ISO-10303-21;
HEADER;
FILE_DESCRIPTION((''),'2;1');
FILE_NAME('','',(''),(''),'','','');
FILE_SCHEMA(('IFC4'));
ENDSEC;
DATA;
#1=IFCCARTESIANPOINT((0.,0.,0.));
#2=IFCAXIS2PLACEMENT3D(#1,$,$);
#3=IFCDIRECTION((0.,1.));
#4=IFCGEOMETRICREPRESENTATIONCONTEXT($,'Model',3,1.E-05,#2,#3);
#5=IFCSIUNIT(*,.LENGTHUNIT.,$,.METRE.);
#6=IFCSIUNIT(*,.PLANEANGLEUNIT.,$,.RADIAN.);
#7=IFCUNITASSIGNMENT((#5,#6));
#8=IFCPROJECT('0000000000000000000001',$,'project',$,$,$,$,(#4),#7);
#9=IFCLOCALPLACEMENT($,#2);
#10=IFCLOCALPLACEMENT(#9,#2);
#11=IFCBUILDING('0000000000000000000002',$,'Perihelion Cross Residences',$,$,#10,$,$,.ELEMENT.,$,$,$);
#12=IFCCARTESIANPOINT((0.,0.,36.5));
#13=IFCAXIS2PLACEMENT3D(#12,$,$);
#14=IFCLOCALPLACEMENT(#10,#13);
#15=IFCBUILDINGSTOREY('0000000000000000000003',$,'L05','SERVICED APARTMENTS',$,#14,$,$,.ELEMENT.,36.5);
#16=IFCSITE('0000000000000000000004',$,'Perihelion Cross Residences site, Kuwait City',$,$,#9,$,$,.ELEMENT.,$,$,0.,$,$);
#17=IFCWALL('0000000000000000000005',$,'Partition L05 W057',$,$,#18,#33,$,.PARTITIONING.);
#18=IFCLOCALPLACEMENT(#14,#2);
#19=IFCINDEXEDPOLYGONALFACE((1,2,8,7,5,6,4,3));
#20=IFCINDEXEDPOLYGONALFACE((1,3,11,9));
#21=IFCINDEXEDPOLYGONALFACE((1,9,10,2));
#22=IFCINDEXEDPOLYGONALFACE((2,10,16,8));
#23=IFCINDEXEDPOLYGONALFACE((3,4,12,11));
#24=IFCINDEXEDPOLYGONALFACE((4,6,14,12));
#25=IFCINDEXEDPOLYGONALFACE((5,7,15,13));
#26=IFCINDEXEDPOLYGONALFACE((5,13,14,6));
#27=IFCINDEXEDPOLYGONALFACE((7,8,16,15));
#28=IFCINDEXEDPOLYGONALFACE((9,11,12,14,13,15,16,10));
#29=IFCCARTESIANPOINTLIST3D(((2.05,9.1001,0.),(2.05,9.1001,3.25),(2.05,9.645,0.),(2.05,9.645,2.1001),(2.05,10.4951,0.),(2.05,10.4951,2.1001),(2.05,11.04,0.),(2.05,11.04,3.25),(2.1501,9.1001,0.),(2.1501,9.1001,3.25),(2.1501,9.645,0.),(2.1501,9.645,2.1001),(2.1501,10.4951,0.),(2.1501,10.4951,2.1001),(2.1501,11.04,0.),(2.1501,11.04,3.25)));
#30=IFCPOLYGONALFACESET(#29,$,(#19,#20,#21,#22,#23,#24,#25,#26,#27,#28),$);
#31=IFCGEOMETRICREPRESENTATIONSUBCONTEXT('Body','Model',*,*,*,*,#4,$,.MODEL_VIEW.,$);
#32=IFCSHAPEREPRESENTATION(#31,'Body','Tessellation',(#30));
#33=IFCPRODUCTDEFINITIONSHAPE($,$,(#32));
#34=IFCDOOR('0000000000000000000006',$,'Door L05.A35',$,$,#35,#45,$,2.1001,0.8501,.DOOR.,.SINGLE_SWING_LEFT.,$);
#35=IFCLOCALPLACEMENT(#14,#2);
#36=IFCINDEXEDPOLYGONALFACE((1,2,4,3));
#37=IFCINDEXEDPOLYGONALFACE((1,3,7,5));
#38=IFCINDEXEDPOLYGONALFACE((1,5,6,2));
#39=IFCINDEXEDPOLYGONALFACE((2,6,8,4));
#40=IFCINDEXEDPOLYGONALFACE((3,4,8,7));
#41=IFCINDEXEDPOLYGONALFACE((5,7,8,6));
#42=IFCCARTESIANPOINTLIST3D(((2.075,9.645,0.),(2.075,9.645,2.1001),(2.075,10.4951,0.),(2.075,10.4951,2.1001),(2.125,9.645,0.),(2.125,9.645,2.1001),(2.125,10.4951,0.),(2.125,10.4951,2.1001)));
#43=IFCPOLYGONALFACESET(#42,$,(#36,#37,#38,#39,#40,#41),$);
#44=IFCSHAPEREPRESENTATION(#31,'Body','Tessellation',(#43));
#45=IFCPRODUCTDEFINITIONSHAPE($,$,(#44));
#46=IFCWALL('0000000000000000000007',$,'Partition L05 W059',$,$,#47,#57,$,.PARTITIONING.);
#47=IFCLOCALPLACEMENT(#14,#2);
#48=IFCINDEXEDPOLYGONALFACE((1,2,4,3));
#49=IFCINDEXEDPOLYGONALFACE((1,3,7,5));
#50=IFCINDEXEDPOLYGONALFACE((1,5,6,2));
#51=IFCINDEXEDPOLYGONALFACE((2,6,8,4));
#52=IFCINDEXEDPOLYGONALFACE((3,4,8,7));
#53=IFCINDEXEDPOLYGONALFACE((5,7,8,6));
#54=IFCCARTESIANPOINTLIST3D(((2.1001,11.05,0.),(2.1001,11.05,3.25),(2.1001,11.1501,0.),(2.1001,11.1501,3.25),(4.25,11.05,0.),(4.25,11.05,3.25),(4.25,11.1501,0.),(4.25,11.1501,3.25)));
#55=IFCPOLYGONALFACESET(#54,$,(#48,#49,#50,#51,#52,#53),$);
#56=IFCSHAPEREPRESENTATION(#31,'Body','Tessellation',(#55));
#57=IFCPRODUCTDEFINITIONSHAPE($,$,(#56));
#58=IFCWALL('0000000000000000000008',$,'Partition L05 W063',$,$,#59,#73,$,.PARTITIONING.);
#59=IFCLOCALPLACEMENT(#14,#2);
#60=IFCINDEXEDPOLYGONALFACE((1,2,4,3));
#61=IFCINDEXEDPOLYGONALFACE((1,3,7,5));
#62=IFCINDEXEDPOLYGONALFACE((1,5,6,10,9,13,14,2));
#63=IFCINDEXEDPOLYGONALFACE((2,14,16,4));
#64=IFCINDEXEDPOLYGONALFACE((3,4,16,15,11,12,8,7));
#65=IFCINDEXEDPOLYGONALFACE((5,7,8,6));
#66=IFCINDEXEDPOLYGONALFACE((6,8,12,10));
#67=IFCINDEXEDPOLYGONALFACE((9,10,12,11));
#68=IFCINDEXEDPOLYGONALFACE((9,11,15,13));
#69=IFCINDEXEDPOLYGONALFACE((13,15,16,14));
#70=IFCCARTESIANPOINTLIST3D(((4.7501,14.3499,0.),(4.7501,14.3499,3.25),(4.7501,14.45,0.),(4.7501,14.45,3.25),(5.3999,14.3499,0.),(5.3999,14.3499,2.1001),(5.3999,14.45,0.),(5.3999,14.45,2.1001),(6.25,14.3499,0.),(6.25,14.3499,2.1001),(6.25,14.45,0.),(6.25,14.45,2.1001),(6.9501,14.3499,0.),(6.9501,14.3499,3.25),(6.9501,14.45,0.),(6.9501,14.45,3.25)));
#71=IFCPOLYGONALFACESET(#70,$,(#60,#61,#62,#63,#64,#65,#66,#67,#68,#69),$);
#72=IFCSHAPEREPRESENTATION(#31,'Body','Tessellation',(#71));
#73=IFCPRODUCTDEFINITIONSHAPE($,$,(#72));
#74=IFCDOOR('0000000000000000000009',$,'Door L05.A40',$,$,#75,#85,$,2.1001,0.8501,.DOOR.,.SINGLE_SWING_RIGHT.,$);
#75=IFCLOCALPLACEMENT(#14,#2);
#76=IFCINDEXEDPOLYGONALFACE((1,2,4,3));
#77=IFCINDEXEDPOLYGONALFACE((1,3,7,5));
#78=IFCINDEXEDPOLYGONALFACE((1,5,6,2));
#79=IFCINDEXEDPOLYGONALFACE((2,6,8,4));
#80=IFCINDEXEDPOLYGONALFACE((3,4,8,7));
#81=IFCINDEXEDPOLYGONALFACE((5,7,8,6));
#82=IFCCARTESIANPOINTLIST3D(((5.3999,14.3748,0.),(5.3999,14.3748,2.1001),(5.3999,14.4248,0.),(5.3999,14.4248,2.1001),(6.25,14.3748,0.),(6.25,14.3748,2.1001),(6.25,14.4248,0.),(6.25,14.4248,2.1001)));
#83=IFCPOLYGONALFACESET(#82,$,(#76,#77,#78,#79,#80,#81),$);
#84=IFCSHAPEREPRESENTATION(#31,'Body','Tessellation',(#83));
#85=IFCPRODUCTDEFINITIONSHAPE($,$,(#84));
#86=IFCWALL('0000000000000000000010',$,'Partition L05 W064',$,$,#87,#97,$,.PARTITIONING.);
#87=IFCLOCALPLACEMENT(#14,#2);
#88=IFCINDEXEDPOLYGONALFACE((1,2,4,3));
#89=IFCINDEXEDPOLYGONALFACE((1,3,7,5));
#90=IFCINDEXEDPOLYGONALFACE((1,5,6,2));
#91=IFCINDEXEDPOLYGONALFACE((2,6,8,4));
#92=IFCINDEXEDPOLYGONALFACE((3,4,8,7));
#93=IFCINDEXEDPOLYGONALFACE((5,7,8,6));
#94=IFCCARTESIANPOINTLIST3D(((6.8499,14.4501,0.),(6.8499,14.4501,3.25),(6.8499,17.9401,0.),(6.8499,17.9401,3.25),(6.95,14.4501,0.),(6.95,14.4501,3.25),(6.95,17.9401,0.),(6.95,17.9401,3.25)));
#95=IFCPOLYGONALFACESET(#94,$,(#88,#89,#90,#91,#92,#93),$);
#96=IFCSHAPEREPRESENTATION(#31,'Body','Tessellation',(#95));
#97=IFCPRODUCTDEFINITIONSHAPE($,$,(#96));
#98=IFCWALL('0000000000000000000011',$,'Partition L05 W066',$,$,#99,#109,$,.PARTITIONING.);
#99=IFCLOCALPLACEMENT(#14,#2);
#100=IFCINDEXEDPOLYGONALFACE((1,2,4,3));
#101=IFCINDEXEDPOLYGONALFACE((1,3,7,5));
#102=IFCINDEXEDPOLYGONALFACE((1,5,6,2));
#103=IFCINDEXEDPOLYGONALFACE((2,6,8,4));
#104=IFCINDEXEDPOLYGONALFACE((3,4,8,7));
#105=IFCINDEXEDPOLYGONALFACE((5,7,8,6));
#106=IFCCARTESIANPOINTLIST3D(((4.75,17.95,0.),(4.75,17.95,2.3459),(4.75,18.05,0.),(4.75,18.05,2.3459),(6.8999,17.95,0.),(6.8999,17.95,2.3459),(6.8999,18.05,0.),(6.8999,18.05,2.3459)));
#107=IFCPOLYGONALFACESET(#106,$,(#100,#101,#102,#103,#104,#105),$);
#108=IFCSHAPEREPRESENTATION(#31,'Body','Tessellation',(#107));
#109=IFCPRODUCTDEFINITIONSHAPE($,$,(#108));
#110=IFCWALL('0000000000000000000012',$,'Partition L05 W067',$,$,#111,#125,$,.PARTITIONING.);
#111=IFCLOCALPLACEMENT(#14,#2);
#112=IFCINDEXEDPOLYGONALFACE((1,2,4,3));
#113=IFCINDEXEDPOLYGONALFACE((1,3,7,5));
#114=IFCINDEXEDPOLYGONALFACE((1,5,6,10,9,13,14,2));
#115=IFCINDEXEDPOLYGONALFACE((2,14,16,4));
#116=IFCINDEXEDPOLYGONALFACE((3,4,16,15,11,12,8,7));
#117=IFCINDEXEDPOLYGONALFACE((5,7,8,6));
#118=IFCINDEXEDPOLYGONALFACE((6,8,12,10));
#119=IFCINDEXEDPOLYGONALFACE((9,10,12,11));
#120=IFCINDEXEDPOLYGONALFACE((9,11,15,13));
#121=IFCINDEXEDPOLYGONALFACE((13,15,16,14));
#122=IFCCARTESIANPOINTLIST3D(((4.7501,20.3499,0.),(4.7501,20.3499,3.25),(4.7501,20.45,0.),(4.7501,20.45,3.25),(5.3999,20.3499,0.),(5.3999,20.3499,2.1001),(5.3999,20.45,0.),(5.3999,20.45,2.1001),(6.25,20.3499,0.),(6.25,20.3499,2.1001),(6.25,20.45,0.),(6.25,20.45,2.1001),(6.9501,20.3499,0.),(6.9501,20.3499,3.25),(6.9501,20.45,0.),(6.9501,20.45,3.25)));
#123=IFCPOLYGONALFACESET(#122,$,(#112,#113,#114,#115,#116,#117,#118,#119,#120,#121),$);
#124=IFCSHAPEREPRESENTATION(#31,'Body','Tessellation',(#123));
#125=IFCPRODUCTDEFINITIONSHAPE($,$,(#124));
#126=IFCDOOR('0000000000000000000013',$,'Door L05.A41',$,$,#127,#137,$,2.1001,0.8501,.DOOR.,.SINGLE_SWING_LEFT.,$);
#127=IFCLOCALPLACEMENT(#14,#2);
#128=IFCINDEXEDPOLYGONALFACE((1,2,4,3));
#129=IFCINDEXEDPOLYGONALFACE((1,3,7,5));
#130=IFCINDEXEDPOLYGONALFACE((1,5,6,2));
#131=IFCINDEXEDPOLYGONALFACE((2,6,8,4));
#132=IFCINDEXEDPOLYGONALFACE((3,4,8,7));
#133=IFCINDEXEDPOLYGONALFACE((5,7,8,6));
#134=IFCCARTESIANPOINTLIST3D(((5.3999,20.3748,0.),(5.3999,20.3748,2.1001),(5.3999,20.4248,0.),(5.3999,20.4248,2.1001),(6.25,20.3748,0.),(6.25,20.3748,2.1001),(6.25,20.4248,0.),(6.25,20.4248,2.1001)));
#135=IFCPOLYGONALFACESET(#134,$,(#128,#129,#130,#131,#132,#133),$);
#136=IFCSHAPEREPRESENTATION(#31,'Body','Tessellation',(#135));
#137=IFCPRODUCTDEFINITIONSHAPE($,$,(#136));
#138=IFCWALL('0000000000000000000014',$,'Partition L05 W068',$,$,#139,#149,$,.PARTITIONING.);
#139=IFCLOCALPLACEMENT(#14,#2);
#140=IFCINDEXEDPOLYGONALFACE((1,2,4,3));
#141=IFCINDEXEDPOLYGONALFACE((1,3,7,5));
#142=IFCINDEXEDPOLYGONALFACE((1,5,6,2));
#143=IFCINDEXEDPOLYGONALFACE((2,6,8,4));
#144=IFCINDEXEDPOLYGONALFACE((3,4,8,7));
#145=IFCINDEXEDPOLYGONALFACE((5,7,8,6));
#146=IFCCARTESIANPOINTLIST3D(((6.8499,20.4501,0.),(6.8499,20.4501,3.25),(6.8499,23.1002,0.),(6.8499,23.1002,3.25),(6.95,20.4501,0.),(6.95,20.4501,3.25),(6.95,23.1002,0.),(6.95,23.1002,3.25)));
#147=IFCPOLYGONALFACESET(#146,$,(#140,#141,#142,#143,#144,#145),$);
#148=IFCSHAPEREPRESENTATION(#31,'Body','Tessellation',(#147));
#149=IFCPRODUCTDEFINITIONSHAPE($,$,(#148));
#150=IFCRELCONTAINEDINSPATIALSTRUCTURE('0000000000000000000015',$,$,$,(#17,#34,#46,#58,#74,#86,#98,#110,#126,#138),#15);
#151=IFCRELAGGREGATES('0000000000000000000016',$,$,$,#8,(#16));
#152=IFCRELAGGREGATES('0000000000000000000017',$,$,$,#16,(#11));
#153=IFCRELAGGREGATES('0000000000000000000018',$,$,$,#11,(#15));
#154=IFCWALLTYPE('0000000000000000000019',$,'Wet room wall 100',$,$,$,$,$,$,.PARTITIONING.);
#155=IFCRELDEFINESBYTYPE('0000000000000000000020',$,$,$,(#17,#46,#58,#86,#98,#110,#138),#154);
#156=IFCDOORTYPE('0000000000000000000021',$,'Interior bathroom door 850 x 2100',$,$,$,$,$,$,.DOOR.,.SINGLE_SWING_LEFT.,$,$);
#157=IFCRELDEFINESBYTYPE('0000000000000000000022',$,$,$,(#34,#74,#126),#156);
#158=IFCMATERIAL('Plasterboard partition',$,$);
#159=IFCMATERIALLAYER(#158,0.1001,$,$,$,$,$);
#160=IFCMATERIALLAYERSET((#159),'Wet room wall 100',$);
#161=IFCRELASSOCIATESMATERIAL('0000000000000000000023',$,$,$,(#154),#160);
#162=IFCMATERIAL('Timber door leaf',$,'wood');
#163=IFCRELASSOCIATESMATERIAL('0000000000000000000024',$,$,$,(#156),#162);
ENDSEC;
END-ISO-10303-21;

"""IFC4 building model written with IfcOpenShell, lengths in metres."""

from ifc_helpers import new_model, si_unit, direction, frame, frame_2d, origin, place, context, subcontext, project, spatial, rectangle, extrude, material, layer, layer_set, type_object, element, fill, save


model = new_model("IFC4")

# Units and contexts
model_context = context("Model", 3, precision=1e-05, world=origin(), true_north=direction((0.0, 1.0)))
body_context = subcontext(model_context, "Body", "Model", "MODEL_VIEW")
ifc_project = project(units=[si_unit("LENGTHUNIT", "METRE"), si_unit("PLANEANGLEUNIT", "RADIAN")], contexts=[model_context])

# Site, building, storey
site_placement = place(None, origin())
site = spatial("IfcSite", under=ifc_project, at=site_placement, Name="Perihelion Cross Residences site, Kuwait City", CompositionType="ELEMENT", RefElevation=0.0)
building_placement = place(site_placement, origin())
building = spatial("IfcBuilding", under=site, at=building_placement, Name="Perihelion Cross Residences", CompositionType="ELEMENT")
storey_placement = place(building_placement, frame((0.0, 0.0, 36.5)))
storey = spatial("IfcBuildingStorey", under=building, at=storey_placement, Name="L05", Description="SERVICED APARTMENTS", CompositionType="ELEMENT", Elevation=36.5)

# Wall, opening, door
ifc_material_1 = material(Name="Plasterboard partition")
ifc_layer_1 = layer(ifc_material_1, 0.1001)
ifc_layer_set_1 = layer_set([ifc_layer_1], Name="Wet room wall 100")
wall_type_1 = type_object("IfcWallType", Name="Wet room wall 100", PredefinedType="PARTITIONING", material=ifc_layer_set_1)
wall_1_placement = place(storey_placement, frame((2.1001, 11.04, 0.0), z_axis=(0.0, 0.0, 1.0), x_axis=(0.0, -1.0, 0.0)))
wall_1 = element("IfcWall", 1, at=wall_1_placement, inside=storey, type_object=wall_type_1, Name="Partition L05 W057", PredefinedType="PARTITIONING", context=body_context, shape_type="SweptSolid", body=[
    extrude(rectangle(XDim=1.9399, YDim=0.1001, at=frame_2d((0.97, 0.0))), origin(), (0.0, 0.0, 1.0), 3.25),
])
opening_1_placement = place(wall_1_placement, frame((0.5449, 0.0, 0.0)))
opening_1 = element("IfcOpeningElement", 2, at=opening_1_placement, cuts=wall_1, PredefinedType="OPENING", context=body_context, shape_type="SweptSolid", body=[
    extrude(rectangle(XDim=0.8501, YDim=2.1001, at=frame_2d((0.425, 1.05))), frame((0.0, 0.0601, 0.0), z_axis=(0.0, -1.0, 0.0), x_axis=(1.0, 0.0, 0.0)), (0.0, 0.0, 1.0), 0.1201),
])
ifc_material_2 = material(Name="Timber door leaf", Category="wood")
door_type_1 = type_object("IfcDoorType", Name="Interior bathroom door 850 x 2100", OperationType="SINGLE_SWING_LEFT", PredefinedType="DOOR", material=ifc_material_2)
door_1_placement = place(opening_1_placement, origin())
door_1 = element("IfcDoor", 3, at=door_1_placement, inside=storey, type_object=door_type_1, Name="Door L05.A35", OperationType="SINGLE_SWING_LEFT", OverallHeight=2.1001, OverallWidth=0.8501, PredefinedType="DOOR", context=body_context, shape_type="SweptSolid", body=[
    extrude(rectangle(XDim=0.8501, YDim=2.1001, at=frame_2d((0.425, 1.05))), frame((0.0, 0.0249, 0.0), z_axis=(0.0, -1.0, 0.0), x_axis=(1.0, 0.0, 0.0)), (0.0, 0.0, 1.0), 0.05),
])
fill(opening_1, door_1)

# Wall
wall_2_placement = place(storey_placement, frame((2.1001, 11.1001, 0.0), z_axis=(0.0, 0.0, 1.0), x_axis=(1.0, 0.0, 0.0)))
element("IfcWall", 4, at=wall_2_placement, inside=storey, type_object=wall_type_1, Name="Partition L05 W059", PredefinedType="PARTITIONING", context=body_context, shape_type="SweptSolid", body=[
    extrude(rectangle(XDim=2.1499, YDim=0.1001, at=frame_2d((1.075, 0.0))), origin(), (0.0, 0.0, 1.0), 3.25),
])

# Wall, opening, door
wall_3_placement = place(storey_placement, frame((4.75, 14.3999, 0.0), z_axis=(0.0, 0.0, 1.0), x_axis=(1.0, 0.0, 0.0)))
wall_3 = element("IfcWall", 5, at=wall_3_placement, inside=storey, type_object=wall_type_1, Name="Partition L05 W063", PredefinedType="PARTITIONING", context=body_context, shape_type="SweptSolid", body=[
    extrude(rectangle(XDim=2.2, YDim=0.1001, at=frame_2d((1.1001, 0.0))), origin(), (0.0, 0.0, 1.0), 3.25),
])
opening_2_placement = place(wall_3_placement, frame((0.6499, 0.0, 0.0)))
opening_2 = element("IfcOpeningElement", 6, at=opening_2_placement, cuts=wall_3, PredefinedType="OPENING", context=body_context, shape_type="SweptSolid", body=[
    extrude(rectangle(XDim=0.8501, YDim=2.1001, at=frame_2d((0.425, 1.05))), frame((0.0, 0.0601, 0.0), z_axis=(0.0, -1.0, 0.0), x_axis=(1.0, 0.0, 0.0)), (0.0, 0.0, 1.0), 0.1201),
])
door_2_placement = place(opening_2_placement, origin())
door_2 = element("IfcDoor", 7, at=door_2_placement, inside=storey, type_object=door_type_1, Name="Door L05.A40", OperationType="SINGLE_SWING_RIGHT", OverallHeight=2.1001, OverallWidth=0.8501, PredefinedType="DOOR", context=body_context, shape_type="SweptSolid", body=[
    extrude(rectangle(XDim=0.8501, YDim=2.1001, at=frame_2d((0.425, 1.05))), frame((0.0, 0.0249, 0.0), z_axis=(0.0, -1.0, 0.0), x_axis=(1.0, 0.0, 0.0)), (0.0, 0.0, 1.0), 0.05),
])
fill(opening_2, door_2)

# Walls
wall_4_placement = place(storey_placement, frame((6.8999, 14.45, 0.0), z_axis=(0.0, 0.0, 1.0), x_axis=(0.0, 1.0, 0.0)))
element("IfcWall", 8, at=wall_4_placement, inside=storey, type_object=wall_type_1, Name="Partition L05 W064", PredefinedType="PARTITIONING", context=body_context, shape_type="SweptSolid", body=[
    extrude(rectangle(XDim=3.49, YDim=0.1001, at=frame_2d((1.7451, 0.0))), origin(), (0.0, 0.0, 1.0), 3.25),
])
wall_5_placement = place(storey_placement, frame((4.75, 18.0, 0.0), z_axis=(0.0, 0.0, 1.0), x_axis=(1.0, 0.0, 0.0)))
element("IfcWall", 9, at=wall_5_placement, inside=storey, type_object=wall_type_1, Name="Partition L05 W066", PredefinedType="PARTITIONING", context=body_context, shape_type="SweptSolid", body=[
    extrude(rectangle(XDim=2.1499, YDim=0.1001, at=frame_2d((1.075, 0.0))), origin(), (0.0, 0.0, 1.0), 2.3459),
])

# Wall, opening, door
wall_6_placement = place(storey_placement, frame((4.75, 20.3999, 0.0), z_axis=(0.0, 0.0, 1.0), x_axis=(1.0, 0.0, 0.0)))
wall_6 = element("IfcWall", 10, at=wall_6_placement, inside=storey, type_object=wall_type_1, Name="Partition L05 W067", PredefinedType="PARTITIONING", context=body_context, shape_type="SweptSolid", body=[
    extrude(rectangle(XDim=2.2, YDim=0.1001, at=frame_2d((1.1001, 0.0))), origin(), (0.0, 0.0, 1.0), 3.25),
])
opening_3_placement = place(wall_6_placement, frame((0.6499, 0.0, 0.0)))
opening_3 = element("IfcOpeningElement", 11, at=opening_3_placement, cuts=wall_6, PredefinedType="OPENING", context=body_context, shape_type="SweptSolid", body=[
    extrude(rectangle(XDim=0.8501, YDim=2.1001, at=frame_2d((0.425, 1.05))), frame((0.0, 0.0601, 0.0), z_axis=(0.0, -1.0, 0.0), x_axis=(1.0, 0.0, 0.0)), (0.0, 0.0, 1.0), 0.1201),
])
door_3_placement = place(opening_3_placement, origin())
door_3 = element("IfcDoor", 12, at=door_3_placement, inside=storey, type_object=door_type_1, Name="Door L05.A41", OperationType="SINGLE_SWING_LEFT", OverallHeight=2.1001, OverallWidth=0.8501, PredefinedType="DOOR", context=body_context, shape_type="SweptSolid", body=[
    extrude(rectangle(XDim=0.8501, YDim=2.1001, at=frame_2d((0.425, 1.05))), frame((0.0, 0.0249, 0.0), z_axis=(0.0, -1.0, 0.0), x_axis=(1.0, 0.0, 0.0)), (0.0, 0.0, 1.0), 0.05),
])
fill(opening_3, door_3)

# Wall
wall_7_placement = place(storey_placement, frame((6.8999, 20.45, 0.0), z_axis=(0.0, 0.0, 1.0), x_axis=(0.0, 1.0, 0.0)))
element("IfcWall", 13, at=wall_7_placement, inside=storey, type_object=wall_type_1, Name="Partition L05 W068", PredefinedType="PARTITIONING", context=body_context, shape_type="SweptSolid", body=[
    extrude(rectangle(XDim=2.6501, YDim=0.1001, at=frame_2d((1.3252, 0.0))), origin(), (0.0, 0.0, 1.0), 3.25),
])

save(model, "model.ifc")
